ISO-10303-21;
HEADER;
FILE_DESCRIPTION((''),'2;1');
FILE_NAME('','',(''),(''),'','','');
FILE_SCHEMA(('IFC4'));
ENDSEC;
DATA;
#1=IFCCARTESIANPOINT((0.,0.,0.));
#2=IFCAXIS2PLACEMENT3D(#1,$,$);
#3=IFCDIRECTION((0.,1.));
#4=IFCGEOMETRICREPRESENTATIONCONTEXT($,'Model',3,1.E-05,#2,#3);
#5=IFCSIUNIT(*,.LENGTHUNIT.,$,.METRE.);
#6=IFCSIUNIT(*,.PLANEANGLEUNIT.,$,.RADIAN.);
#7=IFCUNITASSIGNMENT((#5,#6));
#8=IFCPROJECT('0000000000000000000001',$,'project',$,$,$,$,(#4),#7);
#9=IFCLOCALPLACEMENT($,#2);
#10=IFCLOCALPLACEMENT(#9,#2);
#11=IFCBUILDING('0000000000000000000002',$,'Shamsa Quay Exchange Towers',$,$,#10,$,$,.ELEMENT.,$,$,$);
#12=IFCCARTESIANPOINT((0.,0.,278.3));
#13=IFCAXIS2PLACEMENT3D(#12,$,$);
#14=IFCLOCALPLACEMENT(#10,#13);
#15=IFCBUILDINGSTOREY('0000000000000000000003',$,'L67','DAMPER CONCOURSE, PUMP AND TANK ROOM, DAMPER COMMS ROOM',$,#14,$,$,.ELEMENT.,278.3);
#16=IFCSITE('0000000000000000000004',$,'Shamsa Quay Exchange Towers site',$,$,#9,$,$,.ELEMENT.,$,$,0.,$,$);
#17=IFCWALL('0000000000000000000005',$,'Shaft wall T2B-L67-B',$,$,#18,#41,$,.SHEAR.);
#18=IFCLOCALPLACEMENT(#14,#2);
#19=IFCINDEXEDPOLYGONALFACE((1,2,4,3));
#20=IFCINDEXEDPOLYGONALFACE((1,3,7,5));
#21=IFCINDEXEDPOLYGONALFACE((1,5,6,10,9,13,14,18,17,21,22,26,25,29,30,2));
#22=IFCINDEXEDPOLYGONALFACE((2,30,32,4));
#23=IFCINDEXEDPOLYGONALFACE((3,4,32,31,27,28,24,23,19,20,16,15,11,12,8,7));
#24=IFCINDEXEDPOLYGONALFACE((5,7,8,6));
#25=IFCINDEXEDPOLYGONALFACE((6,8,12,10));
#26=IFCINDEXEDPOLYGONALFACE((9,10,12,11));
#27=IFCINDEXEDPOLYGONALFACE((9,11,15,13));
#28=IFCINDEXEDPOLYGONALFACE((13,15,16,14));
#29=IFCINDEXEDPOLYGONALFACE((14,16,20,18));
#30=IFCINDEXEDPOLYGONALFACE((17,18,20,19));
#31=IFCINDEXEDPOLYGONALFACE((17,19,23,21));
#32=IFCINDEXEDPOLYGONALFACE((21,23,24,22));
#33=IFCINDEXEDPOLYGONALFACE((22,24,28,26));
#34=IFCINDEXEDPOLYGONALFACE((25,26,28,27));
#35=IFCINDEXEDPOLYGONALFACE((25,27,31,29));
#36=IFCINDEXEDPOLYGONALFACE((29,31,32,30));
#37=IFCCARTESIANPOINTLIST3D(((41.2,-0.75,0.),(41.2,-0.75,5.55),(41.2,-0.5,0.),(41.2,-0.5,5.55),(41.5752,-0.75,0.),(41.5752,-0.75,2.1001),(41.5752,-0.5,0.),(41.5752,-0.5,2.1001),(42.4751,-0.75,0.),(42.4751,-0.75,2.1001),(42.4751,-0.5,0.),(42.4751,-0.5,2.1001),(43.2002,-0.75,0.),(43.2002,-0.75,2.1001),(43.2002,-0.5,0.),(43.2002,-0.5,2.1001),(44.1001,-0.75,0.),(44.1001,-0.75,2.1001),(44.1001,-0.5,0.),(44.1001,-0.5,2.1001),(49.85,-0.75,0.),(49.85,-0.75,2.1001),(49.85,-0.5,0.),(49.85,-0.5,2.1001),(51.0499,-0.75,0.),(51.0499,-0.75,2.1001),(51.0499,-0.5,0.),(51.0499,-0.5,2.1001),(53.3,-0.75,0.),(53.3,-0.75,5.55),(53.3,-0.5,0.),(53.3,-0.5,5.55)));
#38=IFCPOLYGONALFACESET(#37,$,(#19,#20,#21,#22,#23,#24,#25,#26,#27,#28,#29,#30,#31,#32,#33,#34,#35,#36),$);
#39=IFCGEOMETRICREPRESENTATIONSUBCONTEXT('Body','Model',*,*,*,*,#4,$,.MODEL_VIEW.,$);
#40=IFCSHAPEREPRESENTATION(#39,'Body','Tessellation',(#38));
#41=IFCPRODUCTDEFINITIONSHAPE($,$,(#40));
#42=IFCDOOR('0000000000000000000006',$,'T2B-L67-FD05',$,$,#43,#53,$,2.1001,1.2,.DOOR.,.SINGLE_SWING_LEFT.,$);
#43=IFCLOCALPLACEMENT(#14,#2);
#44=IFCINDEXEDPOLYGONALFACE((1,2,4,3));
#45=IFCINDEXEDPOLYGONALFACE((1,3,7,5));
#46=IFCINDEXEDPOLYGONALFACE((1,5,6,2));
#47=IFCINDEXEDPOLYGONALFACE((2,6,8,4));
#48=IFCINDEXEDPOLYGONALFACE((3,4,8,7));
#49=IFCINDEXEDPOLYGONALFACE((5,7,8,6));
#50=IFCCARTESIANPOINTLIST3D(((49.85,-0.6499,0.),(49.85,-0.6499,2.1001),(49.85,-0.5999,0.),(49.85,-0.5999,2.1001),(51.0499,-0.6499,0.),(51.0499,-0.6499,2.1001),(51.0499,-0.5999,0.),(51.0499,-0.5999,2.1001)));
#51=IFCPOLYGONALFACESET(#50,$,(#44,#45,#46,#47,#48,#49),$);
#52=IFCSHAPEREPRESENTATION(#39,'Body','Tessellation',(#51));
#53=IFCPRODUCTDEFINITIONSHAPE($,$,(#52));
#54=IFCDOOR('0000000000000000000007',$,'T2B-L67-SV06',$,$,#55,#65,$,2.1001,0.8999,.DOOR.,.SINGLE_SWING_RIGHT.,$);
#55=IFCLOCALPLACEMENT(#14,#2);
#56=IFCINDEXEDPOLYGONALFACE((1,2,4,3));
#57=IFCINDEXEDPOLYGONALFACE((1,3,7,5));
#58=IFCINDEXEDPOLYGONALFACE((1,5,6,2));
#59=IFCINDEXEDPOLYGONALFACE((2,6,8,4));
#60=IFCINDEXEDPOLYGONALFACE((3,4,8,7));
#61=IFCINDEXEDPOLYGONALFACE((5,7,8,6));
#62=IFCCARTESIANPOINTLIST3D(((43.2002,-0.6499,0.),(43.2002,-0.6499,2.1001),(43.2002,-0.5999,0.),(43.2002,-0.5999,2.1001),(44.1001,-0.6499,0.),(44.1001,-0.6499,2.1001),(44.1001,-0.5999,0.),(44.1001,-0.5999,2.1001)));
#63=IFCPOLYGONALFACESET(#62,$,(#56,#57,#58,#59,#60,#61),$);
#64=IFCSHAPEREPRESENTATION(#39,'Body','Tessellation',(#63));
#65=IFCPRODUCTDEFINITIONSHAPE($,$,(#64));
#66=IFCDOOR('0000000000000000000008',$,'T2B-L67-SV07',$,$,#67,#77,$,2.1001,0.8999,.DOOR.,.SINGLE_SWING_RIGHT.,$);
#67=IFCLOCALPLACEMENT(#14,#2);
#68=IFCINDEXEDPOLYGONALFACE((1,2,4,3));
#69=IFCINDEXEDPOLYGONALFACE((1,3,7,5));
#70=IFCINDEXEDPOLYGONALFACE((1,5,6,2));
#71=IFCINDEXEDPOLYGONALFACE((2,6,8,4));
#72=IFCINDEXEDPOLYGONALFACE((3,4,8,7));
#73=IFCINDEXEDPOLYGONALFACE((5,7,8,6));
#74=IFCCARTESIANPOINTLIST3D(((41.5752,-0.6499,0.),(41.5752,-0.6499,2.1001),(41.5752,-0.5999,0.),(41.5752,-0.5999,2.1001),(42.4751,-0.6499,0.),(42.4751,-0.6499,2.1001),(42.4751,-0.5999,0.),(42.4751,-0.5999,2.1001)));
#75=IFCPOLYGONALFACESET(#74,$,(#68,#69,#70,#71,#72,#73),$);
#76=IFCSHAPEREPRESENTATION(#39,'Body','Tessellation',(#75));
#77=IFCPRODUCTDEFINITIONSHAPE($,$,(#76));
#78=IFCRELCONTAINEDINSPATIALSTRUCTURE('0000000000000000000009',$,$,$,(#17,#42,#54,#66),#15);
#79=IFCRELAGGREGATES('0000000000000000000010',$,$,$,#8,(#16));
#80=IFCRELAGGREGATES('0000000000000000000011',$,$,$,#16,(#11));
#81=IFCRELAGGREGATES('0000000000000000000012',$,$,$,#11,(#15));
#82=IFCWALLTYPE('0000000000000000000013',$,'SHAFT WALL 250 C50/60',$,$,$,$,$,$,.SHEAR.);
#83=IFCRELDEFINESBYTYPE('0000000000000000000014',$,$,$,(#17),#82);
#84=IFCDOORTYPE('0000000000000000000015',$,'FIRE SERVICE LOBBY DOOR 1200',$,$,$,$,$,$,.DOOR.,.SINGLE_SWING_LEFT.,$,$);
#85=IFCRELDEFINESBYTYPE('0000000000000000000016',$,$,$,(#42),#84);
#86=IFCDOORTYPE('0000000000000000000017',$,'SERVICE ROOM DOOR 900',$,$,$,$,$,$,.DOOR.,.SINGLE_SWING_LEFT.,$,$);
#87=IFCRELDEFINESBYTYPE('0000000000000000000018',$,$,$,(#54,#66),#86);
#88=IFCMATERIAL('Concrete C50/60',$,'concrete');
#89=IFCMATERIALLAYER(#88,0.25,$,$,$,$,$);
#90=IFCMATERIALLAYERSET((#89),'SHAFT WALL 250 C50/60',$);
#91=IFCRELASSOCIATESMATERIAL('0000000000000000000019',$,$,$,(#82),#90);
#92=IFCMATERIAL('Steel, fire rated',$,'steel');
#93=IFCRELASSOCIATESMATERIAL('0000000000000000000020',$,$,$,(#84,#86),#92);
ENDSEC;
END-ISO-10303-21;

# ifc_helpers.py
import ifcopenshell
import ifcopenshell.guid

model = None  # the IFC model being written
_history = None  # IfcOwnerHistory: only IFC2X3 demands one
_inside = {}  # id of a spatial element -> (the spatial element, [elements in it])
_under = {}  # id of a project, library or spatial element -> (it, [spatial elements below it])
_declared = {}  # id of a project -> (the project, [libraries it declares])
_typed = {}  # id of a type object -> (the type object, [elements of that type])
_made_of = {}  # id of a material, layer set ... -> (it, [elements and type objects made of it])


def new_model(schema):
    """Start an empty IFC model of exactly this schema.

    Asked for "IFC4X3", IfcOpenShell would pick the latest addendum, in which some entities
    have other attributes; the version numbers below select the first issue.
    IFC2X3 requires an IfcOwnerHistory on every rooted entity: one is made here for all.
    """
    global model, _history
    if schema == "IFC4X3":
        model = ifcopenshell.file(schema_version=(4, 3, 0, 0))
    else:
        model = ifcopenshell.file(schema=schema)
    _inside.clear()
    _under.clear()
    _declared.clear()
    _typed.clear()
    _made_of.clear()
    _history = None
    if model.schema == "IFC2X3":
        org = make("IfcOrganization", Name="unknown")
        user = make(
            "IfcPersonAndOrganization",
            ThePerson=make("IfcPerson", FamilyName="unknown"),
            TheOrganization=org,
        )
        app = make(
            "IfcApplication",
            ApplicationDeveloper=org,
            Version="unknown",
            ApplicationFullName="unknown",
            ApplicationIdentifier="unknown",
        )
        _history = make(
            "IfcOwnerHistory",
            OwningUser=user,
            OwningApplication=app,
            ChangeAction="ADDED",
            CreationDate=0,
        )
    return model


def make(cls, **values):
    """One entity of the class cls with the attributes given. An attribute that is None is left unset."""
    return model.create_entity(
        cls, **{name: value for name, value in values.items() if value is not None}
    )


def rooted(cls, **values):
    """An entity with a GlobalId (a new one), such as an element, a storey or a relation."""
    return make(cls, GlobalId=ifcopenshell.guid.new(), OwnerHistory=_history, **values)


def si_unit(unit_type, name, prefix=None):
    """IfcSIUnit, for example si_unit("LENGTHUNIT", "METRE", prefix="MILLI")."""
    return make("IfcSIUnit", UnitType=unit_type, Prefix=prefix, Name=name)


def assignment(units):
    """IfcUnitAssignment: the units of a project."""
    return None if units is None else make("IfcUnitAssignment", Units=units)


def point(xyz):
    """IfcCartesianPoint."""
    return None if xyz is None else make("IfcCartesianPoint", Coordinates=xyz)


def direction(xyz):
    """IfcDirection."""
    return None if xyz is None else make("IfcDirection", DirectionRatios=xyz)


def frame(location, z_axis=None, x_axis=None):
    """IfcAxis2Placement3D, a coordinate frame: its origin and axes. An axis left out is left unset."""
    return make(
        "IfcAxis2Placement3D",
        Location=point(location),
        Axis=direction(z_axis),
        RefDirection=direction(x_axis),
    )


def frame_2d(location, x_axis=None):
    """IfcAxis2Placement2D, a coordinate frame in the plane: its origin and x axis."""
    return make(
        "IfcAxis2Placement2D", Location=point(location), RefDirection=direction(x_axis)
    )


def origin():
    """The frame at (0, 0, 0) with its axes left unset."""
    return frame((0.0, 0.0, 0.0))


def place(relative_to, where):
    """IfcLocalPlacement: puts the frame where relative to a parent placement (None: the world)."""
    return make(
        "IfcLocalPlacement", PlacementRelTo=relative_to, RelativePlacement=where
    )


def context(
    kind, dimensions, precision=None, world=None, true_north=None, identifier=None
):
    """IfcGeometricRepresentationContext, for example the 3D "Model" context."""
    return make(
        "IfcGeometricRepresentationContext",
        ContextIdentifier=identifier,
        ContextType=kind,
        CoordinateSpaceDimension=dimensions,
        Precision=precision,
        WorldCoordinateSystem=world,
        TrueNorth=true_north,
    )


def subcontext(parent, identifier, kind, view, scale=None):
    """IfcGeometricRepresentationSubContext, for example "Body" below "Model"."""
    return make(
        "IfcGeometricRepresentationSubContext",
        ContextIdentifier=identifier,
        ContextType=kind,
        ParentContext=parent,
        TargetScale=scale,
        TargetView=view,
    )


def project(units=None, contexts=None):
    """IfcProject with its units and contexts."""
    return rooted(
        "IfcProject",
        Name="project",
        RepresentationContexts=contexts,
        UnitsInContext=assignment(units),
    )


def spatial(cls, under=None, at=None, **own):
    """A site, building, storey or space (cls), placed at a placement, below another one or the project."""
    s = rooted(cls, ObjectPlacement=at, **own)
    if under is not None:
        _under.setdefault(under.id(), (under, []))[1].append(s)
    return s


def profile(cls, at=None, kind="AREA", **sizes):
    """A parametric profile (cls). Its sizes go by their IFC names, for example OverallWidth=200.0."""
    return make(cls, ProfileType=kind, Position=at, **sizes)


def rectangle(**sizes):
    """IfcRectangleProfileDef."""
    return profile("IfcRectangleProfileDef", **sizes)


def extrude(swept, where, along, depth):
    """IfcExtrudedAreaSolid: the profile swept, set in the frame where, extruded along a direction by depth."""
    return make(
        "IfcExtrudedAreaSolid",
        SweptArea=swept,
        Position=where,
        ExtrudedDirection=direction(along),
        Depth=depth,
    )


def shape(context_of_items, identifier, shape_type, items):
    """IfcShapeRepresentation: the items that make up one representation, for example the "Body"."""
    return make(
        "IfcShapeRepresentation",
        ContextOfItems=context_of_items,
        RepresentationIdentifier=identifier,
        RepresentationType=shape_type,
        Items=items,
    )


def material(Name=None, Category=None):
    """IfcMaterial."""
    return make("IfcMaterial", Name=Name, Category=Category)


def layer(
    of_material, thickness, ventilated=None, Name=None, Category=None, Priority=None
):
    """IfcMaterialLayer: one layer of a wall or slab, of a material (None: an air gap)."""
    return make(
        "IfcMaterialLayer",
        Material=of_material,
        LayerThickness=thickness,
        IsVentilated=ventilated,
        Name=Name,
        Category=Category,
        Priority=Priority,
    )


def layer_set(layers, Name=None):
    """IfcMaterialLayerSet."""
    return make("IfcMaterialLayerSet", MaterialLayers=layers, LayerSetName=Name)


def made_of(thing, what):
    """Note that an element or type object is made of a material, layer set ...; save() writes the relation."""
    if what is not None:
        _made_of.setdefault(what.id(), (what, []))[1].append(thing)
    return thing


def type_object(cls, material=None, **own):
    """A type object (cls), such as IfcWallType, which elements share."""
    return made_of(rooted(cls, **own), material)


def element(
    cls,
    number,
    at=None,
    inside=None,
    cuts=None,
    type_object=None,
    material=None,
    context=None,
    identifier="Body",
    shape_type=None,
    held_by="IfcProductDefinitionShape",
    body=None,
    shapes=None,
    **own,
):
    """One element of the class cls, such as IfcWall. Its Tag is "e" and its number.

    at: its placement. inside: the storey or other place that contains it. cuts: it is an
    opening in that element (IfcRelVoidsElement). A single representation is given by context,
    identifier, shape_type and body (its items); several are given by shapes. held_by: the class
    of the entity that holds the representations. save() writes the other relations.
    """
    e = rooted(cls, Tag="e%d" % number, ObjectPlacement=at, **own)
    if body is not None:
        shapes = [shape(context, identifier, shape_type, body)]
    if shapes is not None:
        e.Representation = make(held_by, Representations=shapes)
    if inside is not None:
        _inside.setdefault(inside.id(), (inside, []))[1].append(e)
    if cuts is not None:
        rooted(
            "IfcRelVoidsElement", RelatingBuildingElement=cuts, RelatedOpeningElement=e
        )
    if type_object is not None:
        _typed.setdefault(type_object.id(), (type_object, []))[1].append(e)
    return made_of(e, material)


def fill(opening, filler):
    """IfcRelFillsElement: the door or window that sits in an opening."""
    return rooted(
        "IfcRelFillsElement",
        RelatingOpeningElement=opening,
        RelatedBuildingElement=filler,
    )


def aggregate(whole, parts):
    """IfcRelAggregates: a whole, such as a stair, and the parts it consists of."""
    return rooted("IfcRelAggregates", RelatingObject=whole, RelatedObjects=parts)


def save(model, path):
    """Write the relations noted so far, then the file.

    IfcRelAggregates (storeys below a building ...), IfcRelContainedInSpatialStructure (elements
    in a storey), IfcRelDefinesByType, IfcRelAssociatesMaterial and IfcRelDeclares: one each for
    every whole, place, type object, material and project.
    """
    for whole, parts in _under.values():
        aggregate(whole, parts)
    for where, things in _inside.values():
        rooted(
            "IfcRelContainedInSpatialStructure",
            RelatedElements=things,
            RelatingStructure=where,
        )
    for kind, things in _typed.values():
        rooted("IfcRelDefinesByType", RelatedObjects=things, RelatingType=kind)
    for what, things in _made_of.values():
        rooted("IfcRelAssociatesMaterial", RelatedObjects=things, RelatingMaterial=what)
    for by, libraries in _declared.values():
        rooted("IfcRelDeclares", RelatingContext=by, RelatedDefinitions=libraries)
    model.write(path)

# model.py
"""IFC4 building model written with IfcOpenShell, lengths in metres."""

from ifc_helpers import new_model, si_unit, direction, frame, frame_2d, origin, place, context, subcontext, project, spatial, rectangle, extrude, material, layer, layer_set, type_object, element, fill, save


model = new_model("IFC4")

# Units and contexts
model_context = context("Model", 3, precision=1e-05, world=origin(), true_north=direction((0.0, 1.0)))
body_context = subcontext(model_context, "Body", "Model", "MODEL_VIEW")
ifc_project = project(units=[si_unit("LENGTHUNIT", "METRE"), si_unit("PLANEANGLEUNIT", "RADIAN")], contexts=[model_context])

# Site, building, storey
site_placement = place(None, origin())
site = spatial("IfcSite", under=ifc_project, at=site_placement, Name="Shamsa Quay Exchange Towers site", CompositionType="ELEMENT", RefElevation=0.0)
building_placement = place(site_placement, origin())
building = spatial("IfcBuilding", under=site, at=building_placement, Name="Shamsa Quay Exchange Towers", CompositionType="ELEMENT")
storey_placement = place(building_placement, frame((0.0, 0.0, 278.3)))
storey = spatial("IfcBuildingStorey", under=building, at=storey_placement, Name="L67", Description="DAMPER CONCOURSE, PUMP AND TANK ROOM, DAMPER COMMS ROOM", CompositionType="ELEMENT", Elevation=278.3)

# Shared definitions
ifc_material_1 = material(Name="Steel, fire rated", Category="steel")

# Wall, openings, doors
ifc_material_2 = material(Name="Concrete C50/60", Category="concrete")
ifc_layer_1 = layer(ifc_material_2, 0.25)
ifc_layer_set_1 = layer_set([ifc_layer_1], Name="SHAFT WALL 250 C50/60")
wall_type_1 = type_object("IfcWallType", Name="SHAFT WALL 250 C50/60", PredefinedType="SHEAR", material=ifc_layer_set_1)
wall_1_placement = place(storey_placement, frame((53.3, -0.625, 0.0), z_axis=(0.0, 0.0, 1.0), x_axis=(-1.0, 0.0, 0.0)))
wall_1 = element("IfcWall", 1, at=wall_1_placement, inside=storey, type_object=wall_type_1, Name="Shaft wall T2B-L67-B", PredefinedType="SHEAR", context=body_context, shape_type="SweptSolid", body=[
    extrude(rectangle(XDim=12.1001, YDim=0.25, at=frame_2d((6.05, 0.0))), origin(), (0.0, 0.0, 1.0), 5.55),
])
opening_1_placement = place(wall_1_placement, frame((2.25, 0.0, 0.0)))
opening_1 = element("IfcOpeningElement", 2, at=opening_1_placement, cuts=wall_1, PredefinedType="OPENING", context=body_context, shape_type="SweptSolid", body=[
    extrude(rectangle(XDim=1.2, YDim=2.1001, at=frame_2d((0.6001, 1.05))), frame((0.0, 0.135, 0.0), z_axis=(0.0, -1.0, 0.0), x_axis=(1.0, 0.0, 0.0)), (0.0, 0.0, 1.0), 0.27),
])
opening_2_placement = place(wall_1_placement, frame((9.2, 0.0, 0.0)))
opening_2 = element("IfcOpeningElement", 3, at=opening_2_placement, cuts=wall_1, PredefinedType="OPENING", context=body_context, shape_type="SweptSolid", body=[
    extrude(rectangle(XDim=0.8999, YDim=2.1001, at=frame_2d((0.45, 1.05))), frame((0.0, 0.135, 0.0), z_axis=(0.0, -1.0, 0.0), x_axis=(1.0, 0.0, 0.0)), (0.0, 0.0, 1.0), 0.27),
])
opening_3_placement = place(wall_1_placement, frame((10.825, 0.0, 0.0)))
opening_3 = element("IfcOpeningElement", 4, at=opening_3_placement, cuts=wall_1, PredefinedType="OPENING", context=body_context, shape_type="SweptSolid", body=[
    extrude(rectangle(XDim=0.8999, YDim=2.1001, at=frame_2d((0.45, 1.05))), frame((0.0, 0.135, 0.0), z_axis=(0.0, -1.0, 0.0), x_axis=(1.0, 0.0, 0.0)), (0.0, 0.0, 1.0), 0.27),
])
door_type_1 = type_object("IfcDoorType", Name="FIRE SERVICE LOBBY DOOR 1200", OperationType="SINGLE_SWING_LEFT", PredefinedType="DOOR", material=ifc_material_1)
door_1_placement = place(opening_1_placement, origin())
door_1 = element("IfcDoor", 5, at=door_1_placement, inside=storey, type_object=door_type_1, Name="T2B-L67-FD05", OperationType="SINGLE_SWING_LEFT", OverallHeight=2.1001, OverallWidth=1.2, PredefinedType="DOOR", context=body_context, shape_type="SweptSolid", body=[
    extrude(rectangle(XDim=1.2, YDim=2.1001, at=frame_2d((0.6001, 1.05))), frame((0.0, 0.0249, 0.0), z_axis=(0.0, -1.0, 0.0), x_axis=(1.0, 0.0, 0.0)), (0.0, 0.0, 1.0), 0.05),
])
fill(opening_1, door_1)
door_type_2 = type_object("IfcDoorType", Name="SERVICE ROOM DOOR 900", OperationType="SINGLE_SWING_LEFT", PredefinedType="DOOR", material=ifc_material_1)
door_2_placement = place(opening_2_placement, origin())
door_2 = element("IfcDoor", 6, at=door_2_placement, inside=storey, type_object=door_type_2, Name="T2B-L67-SV06", OperationType="SINGLE_SWING_RIGHT", OverallHeight=2.1001, OverallWidth=0.8999, PredefinedType="DOOR", context=body_context, shape_type="SweptSolid", body=[
    extrude(rectangle(XDim=0.8999, YDim=2.1001, at=frame_2d((0.45, 1.05))), frame((0.0, 0.0249, 0.0), z_axis=(0.0, -1.0, 0.0), x_axis=(1.0, 0.0, 0.0)), (0.0, 0.0, 1.0), 0.05),
])
fill(opening_2, door_2)
door_3_placement = place(opening_3_placement, origin())
door_3 = element("IfcDoor", 7, at=door_3_placement, inside=storey, type_object=door_type_2, Name="T2B-L67-SV07", OperationType="SINGLE_SWING_RIGHT", OverallHeight=2.1001, OverallWidth=0.8999, PredefinedType="DOOR", context=body_context, shape_type="SweptSolid", body=[
    extrude(rectangle(XDim=0.8999, YDim=2.1001, at=frame_2d((0.45, 1.05))), frame((0.0, 0.0249, 0.0), z_axis=(0.0, -1.0, 0.0), x_axis=(1.0, 0.0, 0.0)), (0.0, 0.0, 1.0), 0.05),
])
fill(opening_3, door_3)

save(model, "model.ifc")
